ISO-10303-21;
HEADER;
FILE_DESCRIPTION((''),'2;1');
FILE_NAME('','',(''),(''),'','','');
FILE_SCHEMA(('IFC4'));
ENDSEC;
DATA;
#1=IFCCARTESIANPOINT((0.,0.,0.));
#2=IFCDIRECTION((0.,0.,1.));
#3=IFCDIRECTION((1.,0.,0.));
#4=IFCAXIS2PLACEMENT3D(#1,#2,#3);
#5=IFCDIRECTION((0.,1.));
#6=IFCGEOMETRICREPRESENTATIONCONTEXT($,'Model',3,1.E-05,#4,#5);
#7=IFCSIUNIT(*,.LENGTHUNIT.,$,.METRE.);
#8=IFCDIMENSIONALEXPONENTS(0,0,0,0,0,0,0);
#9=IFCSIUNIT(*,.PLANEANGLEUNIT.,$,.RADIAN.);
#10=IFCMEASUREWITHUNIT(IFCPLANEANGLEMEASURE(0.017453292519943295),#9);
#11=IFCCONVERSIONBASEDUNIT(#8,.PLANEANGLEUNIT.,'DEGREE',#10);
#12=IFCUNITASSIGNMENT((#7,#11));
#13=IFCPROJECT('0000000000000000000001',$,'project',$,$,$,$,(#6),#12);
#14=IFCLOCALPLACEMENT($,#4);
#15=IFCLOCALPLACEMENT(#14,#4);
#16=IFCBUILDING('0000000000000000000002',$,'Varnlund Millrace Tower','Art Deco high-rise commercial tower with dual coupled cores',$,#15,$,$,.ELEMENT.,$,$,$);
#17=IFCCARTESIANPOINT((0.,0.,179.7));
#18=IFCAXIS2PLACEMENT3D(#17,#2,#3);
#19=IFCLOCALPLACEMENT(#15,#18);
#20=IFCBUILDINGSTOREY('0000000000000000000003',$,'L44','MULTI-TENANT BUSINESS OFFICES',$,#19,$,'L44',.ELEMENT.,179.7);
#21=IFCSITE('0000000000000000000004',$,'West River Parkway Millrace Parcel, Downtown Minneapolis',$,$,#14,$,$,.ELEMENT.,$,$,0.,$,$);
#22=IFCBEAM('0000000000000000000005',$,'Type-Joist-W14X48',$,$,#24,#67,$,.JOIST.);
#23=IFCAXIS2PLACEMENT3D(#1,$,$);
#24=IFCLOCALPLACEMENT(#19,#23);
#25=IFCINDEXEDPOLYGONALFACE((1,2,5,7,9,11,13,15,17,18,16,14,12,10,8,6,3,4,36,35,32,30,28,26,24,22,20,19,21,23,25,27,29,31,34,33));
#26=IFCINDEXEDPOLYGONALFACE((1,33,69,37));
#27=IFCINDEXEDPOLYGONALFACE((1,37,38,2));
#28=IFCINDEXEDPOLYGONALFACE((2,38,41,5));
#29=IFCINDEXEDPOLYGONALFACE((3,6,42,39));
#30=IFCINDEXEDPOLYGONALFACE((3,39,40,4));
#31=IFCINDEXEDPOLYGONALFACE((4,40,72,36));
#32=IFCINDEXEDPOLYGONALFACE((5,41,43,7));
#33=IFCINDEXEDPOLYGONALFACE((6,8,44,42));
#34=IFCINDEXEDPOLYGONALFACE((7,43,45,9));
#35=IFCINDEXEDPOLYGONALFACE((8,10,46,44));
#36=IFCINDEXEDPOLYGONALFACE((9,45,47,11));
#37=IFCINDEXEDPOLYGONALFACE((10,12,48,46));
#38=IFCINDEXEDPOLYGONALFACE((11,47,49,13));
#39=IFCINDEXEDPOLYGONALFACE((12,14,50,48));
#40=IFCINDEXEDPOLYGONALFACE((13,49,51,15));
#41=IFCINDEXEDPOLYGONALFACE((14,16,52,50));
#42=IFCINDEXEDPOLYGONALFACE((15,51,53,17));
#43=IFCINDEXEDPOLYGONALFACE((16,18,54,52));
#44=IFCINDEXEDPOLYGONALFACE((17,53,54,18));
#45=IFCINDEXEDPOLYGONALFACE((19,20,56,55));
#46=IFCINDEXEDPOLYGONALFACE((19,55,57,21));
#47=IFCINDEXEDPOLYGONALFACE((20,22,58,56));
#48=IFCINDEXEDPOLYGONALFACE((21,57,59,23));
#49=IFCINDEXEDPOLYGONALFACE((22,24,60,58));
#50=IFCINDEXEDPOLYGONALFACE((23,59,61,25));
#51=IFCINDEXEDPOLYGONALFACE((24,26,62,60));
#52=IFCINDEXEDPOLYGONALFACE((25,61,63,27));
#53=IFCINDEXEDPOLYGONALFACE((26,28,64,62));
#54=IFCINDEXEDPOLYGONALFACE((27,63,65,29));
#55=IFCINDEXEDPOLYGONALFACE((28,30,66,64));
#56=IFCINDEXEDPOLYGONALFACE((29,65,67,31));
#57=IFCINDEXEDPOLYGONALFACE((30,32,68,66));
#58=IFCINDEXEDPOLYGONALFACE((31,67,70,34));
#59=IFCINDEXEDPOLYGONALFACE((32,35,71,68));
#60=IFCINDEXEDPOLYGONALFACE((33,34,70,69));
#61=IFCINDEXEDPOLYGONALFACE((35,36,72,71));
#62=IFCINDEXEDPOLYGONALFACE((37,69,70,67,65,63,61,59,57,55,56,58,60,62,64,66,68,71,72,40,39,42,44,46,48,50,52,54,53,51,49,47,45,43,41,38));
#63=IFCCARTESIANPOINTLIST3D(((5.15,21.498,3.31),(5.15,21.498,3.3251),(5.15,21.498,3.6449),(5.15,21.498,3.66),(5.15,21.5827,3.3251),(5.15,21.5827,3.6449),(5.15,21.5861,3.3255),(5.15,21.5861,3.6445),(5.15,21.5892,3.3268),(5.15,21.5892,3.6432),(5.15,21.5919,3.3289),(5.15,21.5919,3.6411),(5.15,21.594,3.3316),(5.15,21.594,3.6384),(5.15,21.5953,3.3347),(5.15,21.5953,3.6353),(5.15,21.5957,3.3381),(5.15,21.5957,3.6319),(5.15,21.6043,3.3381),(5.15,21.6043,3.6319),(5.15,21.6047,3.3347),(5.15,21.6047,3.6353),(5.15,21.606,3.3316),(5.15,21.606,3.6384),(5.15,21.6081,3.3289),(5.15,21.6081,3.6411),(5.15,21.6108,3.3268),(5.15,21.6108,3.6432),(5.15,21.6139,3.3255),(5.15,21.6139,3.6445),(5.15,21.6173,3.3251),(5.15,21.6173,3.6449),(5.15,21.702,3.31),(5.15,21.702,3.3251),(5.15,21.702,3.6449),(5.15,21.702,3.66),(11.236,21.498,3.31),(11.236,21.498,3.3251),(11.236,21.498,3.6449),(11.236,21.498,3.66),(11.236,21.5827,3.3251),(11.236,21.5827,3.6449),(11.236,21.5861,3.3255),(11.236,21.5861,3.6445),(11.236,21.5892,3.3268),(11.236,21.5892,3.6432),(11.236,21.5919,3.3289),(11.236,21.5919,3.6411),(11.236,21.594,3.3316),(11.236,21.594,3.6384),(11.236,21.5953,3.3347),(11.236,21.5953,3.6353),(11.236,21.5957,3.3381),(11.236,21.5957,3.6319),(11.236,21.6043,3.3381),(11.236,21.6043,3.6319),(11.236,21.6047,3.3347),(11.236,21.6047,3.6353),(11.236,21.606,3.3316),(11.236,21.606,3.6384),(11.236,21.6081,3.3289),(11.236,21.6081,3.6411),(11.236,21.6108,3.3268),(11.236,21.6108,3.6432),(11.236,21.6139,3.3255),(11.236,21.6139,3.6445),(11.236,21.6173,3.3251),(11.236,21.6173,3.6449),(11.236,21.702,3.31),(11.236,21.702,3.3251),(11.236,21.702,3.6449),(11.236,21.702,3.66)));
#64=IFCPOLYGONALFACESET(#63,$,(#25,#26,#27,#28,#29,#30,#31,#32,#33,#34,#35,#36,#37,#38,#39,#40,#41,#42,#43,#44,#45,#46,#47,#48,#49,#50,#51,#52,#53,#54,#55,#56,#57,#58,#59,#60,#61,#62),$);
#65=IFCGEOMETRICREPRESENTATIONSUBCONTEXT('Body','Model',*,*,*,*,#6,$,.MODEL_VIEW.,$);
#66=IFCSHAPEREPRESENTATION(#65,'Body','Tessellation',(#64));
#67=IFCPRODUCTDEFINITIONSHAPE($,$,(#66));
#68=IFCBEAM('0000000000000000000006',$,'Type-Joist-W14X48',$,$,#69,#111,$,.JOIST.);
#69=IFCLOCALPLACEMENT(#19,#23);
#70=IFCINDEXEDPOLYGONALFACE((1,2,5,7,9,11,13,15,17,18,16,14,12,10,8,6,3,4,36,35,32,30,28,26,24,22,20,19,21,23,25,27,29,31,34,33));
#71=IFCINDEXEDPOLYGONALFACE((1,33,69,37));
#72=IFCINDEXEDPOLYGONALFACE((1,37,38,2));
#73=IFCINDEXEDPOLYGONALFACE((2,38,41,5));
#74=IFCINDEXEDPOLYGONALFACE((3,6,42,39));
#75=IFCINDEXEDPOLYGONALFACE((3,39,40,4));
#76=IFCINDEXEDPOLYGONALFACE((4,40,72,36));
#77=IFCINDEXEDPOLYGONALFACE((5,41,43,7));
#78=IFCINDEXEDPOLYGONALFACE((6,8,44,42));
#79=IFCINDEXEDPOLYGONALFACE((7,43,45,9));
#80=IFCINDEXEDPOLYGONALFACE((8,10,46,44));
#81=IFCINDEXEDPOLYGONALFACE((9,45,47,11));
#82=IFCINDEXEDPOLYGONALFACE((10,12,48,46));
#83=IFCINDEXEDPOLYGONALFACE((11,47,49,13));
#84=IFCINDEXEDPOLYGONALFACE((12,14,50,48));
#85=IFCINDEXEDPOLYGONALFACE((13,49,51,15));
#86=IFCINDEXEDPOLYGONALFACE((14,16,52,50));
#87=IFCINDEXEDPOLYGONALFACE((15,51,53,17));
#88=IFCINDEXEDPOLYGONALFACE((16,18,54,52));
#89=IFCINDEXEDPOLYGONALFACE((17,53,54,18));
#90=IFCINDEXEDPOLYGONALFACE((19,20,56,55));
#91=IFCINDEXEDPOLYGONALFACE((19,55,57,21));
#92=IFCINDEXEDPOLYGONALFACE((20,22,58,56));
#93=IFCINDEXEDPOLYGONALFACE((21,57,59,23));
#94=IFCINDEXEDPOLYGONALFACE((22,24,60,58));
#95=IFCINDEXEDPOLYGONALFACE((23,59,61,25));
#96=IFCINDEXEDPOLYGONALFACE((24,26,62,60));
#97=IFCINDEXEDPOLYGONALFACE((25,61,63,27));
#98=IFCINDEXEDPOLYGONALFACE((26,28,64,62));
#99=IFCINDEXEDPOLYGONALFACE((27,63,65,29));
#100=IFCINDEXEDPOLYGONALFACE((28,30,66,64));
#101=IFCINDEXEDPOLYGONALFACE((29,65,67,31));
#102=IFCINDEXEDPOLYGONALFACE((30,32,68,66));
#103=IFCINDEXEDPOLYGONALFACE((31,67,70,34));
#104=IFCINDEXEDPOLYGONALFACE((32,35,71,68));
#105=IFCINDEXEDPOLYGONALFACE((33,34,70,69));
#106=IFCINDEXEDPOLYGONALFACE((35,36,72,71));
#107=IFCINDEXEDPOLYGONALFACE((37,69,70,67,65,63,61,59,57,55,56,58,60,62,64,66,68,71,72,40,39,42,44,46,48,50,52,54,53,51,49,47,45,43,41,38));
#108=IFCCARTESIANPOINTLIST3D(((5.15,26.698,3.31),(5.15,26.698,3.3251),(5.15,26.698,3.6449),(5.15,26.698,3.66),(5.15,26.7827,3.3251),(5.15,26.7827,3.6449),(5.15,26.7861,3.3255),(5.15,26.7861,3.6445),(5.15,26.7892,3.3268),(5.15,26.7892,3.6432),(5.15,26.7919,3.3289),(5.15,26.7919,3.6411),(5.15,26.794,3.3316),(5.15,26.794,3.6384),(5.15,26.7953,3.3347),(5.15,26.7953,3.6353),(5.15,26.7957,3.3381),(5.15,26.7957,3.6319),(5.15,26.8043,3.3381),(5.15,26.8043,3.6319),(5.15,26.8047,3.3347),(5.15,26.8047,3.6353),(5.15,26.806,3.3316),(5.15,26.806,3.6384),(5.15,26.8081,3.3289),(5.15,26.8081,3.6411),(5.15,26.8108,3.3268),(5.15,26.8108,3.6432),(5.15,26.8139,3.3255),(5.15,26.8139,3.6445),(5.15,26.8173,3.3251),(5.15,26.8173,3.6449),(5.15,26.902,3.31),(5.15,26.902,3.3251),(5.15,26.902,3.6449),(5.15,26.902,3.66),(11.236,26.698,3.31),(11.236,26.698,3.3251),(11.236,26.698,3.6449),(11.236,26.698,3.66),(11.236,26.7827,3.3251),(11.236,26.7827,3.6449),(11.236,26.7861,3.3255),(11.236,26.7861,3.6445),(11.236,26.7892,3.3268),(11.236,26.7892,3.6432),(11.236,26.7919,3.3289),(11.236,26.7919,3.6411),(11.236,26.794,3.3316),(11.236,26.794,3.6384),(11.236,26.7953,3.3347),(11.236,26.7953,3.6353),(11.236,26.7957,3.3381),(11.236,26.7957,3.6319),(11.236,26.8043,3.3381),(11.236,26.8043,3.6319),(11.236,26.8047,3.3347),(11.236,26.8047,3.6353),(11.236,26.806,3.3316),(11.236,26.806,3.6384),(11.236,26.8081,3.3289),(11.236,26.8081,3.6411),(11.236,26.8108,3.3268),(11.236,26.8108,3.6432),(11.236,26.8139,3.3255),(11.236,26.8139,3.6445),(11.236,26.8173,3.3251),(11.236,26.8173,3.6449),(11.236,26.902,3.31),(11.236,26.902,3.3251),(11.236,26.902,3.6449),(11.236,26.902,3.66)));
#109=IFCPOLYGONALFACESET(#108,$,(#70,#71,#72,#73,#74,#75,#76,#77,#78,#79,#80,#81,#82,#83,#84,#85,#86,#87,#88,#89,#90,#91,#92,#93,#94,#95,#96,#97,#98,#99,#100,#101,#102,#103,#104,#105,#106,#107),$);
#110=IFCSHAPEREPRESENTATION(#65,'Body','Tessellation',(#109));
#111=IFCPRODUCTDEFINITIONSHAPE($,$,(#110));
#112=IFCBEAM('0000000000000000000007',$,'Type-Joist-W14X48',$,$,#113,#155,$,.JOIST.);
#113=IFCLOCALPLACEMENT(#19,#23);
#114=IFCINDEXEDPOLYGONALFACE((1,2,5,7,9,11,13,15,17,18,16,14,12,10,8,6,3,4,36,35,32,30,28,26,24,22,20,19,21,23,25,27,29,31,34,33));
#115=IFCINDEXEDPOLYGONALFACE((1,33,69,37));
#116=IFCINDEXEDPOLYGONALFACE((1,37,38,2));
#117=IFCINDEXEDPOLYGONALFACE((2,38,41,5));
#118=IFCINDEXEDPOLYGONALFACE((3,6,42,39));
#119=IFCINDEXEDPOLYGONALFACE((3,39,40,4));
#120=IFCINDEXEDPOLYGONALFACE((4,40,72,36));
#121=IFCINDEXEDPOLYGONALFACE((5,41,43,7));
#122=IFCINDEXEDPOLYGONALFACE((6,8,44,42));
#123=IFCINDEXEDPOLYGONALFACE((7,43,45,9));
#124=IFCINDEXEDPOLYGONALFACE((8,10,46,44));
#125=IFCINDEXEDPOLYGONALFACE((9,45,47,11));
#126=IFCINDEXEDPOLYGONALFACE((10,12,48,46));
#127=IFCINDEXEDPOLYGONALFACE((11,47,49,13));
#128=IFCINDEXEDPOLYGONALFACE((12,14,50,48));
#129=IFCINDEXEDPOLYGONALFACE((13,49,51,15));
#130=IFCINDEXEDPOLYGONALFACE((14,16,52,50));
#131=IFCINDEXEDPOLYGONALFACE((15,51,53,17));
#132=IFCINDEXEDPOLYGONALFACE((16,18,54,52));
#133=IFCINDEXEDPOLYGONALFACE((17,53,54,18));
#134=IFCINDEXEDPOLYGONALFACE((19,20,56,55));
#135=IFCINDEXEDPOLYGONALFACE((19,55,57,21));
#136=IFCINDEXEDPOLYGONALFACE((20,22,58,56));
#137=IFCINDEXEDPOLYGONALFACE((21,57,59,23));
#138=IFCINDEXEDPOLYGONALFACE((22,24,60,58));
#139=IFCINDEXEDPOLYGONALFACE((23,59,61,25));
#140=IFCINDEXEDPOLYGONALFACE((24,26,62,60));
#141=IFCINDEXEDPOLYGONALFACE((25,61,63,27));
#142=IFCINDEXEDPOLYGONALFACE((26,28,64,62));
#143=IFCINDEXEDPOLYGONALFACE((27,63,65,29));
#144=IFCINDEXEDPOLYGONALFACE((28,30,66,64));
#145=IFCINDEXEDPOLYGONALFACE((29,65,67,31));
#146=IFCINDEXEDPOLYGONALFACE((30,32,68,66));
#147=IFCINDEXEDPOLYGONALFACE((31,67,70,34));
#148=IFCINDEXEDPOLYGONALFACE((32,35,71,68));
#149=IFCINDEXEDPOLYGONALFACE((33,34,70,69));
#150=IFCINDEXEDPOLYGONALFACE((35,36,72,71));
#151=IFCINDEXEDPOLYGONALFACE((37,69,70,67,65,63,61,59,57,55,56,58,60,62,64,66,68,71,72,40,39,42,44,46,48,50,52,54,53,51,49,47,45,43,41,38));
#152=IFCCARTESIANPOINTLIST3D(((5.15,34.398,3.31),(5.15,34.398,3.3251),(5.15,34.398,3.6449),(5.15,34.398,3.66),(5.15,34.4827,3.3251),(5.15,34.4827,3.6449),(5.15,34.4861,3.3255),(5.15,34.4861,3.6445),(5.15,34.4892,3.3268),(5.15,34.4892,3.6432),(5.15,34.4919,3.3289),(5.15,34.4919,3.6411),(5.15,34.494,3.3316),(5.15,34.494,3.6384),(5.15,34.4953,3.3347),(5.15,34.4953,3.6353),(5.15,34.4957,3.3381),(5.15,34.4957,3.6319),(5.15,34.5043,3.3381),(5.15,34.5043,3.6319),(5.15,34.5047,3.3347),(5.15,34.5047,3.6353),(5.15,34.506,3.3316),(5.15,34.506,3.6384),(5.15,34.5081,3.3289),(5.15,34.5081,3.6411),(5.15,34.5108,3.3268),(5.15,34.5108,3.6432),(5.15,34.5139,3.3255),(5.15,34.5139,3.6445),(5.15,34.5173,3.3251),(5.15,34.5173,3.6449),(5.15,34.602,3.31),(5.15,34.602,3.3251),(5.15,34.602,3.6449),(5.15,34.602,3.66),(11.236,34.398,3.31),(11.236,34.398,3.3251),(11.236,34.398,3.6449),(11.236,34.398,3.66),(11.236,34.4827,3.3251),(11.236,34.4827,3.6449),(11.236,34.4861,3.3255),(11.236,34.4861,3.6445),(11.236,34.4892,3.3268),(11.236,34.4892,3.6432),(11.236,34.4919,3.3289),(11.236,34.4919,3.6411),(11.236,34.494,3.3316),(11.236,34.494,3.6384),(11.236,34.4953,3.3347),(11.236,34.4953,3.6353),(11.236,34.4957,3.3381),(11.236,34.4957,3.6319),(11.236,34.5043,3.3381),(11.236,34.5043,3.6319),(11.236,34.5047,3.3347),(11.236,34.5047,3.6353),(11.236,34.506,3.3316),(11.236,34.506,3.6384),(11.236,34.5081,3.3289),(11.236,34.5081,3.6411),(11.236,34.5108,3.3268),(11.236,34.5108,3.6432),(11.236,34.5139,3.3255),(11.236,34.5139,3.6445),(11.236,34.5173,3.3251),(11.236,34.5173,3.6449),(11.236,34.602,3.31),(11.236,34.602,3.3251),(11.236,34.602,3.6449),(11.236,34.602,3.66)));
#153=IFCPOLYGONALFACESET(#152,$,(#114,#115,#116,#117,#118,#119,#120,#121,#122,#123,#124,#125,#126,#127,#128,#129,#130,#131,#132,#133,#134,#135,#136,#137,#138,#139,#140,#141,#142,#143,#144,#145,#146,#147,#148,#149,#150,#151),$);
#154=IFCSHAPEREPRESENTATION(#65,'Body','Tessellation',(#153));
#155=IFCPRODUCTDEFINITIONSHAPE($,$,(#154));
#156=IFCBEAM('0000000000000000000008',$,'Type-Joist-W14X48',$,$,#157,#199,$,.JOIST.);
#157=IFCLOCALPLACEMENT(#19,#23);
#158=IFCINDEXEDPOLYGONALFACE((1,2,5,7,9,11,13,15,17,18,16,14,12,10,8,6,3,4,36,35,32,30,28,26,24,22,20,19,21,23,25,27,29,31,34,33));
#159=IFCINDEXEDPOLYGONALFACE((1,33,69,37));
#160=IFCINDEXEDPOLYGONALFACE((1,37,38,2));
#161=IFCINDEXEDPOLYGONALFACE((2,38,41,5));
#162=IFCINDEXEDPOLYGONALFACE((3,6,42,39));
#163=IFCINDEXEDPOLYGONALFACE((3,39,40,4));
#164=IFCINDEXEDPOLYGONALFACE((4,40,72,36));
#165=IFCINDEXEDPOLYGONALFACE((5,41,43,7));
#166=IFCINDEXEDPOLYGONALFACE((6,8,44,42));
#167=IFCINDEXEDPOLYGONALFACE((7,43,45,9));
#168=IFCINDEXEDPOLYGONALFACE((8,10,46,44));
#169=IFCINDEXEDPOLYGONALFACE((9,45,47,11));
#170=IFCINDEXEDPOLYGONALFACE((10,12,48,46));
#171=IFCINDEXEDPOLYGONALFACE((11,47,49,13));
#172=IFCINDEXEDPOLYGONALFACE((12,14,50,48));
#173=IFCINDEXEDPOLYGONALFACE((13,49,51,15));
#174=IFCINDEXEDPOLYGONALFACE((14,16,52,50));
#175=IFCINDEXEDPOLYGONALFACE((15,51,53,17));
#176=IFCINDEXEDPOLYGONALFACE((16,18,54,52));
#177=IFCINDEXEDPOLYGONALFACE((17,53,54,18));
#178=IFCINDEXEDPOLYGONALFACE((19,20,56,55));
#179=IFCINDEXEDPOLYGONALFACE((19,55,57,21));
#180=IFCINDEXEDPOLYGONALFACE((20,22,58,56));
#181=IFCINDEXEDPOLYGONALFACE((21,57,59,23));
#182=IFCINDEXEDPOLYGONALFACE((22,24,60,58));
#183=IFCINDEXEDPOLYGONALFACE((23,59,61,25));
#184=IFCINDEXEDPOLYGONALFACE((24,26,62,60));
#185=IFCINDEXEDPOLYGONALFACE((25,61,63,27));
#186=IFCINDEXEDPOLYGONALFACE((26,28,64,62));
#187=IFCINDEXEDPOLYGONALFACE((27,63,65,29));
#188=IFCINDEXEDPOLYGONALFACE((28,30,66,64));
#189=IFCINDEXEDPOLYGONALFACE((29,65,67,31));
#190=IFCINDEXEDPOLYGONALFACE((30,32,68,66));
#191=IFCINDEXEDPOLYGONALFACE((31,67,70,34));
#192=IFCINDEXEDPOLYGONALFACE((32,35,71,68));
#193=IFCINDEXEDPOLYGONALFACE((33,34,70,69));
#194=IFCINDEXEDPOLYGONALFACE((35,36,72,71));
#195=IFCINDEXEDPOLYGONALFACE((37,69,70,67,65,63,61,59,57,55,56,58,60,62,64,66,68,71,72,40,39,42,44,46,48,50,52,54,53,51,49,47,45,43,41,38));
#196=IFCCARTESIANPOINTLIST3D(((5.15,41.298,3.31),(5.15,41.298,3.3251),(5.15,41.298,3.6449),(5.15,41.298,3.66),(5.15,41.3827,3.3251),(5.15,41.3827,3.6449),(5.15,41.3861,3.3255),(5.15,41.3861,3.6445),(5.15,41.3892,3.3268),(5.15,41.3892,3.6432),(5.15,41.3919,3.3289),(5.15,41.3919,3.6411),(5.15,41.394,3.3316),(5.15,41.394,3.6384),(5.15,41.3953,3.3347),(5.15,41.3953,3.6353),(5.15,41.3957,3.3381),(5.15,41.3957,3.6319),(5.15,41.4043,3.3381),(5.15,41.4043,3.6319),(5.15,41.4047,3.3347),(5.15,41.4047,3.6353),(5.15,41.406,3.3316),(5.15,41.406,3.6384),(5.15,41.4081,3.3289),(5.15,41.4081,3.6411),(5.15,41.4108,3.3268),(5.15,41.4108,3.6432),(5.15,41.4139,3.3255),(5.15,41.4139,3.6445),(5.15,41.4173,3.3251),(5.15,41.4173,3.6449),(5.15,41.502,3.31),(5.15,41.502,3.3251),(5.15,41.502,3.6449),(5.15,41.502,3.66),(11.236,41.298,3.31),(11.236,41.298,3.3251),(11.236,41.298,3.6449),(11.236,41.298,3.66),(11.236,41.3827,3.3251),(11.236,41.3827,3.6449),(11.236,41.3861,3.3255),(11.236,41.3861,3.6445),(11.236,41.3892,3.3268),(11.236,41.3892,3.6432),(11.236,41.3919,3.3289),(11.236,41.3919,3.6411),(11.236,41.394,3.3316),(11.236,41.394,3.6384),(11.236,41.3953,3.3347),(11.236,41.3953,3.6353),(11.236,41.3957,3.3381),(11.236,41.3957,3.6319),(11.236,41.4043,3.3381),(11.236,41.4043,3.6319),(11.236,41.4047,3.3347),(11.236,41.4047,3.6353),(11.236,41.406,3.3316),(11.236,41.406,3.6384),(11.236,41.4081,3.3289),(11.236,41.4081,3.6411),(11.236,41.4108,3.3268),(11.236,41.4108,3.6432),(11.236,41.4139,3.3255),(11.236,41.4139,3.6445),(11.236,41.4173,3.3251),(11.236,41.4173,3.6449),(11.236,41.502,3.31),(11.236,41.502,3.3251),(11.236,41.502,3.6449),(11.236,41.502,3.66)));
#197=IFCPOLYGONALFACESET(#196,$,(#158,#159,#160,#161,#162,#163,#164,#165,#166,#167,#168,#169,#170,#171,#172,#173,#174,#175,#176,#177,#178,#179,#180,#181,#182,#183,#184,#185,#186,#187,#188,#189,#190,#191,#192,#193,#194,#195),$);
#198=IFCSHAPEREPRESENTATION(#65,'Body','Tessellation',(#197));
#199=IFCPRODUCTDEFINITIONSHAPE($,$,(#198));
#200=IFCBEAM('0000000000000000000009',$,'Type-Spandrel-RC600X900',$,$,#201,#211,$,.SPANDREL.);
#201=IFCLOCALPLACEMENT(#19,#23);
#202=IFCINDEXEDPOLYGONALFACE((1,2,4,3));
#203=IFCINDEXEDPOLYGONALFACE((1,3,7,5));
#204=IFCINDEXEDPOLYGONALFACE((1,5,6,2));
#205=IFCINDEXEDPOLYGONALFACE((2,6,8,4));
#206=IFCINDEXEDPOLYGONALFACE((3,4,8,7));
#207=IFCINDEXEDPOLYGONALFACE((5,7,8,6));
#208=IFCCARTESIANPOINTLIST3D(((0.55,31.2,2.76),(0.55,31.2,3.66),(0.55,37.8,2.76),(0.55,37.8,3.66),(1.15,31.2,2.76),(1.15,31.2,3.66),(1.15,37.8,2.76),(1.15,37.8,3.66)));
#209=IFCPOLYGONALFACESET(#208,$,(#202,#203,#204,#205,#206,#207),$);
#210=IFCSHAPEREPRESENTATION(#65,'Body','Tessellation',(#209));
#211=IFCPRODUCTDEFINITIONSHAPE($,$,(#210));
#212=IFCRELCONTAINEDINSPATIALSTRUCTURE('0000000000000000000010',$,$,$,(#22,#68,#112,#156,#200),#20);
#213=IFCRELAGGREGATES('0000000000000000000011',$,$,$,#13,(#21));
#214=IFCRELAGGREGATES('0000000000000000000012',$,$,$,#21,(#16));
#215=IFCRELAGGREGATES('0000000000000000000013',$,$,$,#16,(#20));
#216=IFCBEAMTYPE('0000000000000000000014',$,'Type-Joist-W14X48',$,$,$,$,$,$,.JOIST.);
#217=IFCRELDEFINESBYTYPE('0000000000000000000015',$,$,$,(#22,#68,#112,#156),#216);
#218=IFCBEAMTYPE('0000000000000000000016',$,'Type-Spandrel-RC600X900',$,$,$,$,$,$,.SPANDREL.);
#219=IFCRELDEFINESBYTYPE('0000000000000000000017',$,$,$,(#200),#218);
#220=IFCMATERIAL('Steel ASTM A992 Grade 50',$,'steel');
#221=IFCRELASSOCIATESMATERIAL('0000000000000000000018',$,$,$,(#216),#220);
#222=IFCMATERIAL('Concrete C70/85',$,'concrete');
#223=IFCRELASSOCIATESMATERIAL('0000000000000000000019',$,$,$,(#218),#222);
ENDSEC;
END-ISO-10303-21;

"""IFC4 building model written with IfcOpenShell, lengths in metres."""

from ifc_helpers import new_model, entity, si_unit, converted_unit, direction, frame, origin_with_axes, origin_2d_with_axis, place, context, subcontext, project, spatial, rectangle, i_section, extrude, material, material_profile, profile_set, type_object, element, save


model = new_model("IFC4")

# Units and contexts
model_context = context("Model", 3, precision=1e-05, world=origin_with_axes(), true_north=direction((0.0, 1.0)))
body_context = subcontext(model_context, "Body", "Model", "MODEL_VIEW")
ifc_project = project(units=[si_unit("LENGTHUNIT", "METRE"), converted_unit("PLANEANGLEUNIT", "DEGREE", entity("IfcPlaneAngleMeasure", 0.017453292519943295), si_unit("PLANEANGLEUNIT", "RADIAN"), dimensions=[0, 0, 0, 0, 0, 0, 0])], contexts=[model_context])

# Site, building, storey
site_placement = place(None, origin_with_axes())
site = spatial("IfcSite", under=ifc_project, at=site_placement, Name="West River Parkway Millrace Parcel, Downtown Minneapolis", CompositionType="ELEMENT", RefElevation=0.0)
building_placement = place(site_placement, origin_with_axes())
building = spatial("IfcBuilding", under=site, at=building_placement, Name="Varnlund Millrace Tower", Description="Art Deco high-rise commercial tower with dual coupled cores", CompositionType="ELEMENT")
storey_placement = place(building_placement, frame((0.0, 0.0, 179.7), z_axis=(0.0, 0.0, 1.0), x_axis=(1.0, 0.0, 0.0)))
storey = spatial("IfcBuildingStorey", under=building, at=storey_placement, Name="L44", Description="MULTI-TENANT BUSINESS OFFICES", LongName="L44", CompositionType="ELEMENT", Elevation=179.7)

# Beams
ifc_material_1 = material(Name="Steel ASTM A992 Grade 50", Category="steel")
ifc_material_profile_1 = material_profile(ifc_material_1, i_section(OverallWidth=0.204, OverallDepth=0.35, WebThickness=0.0086, FlangeThickness=0.0151, FilletRadius=0.013, at=origin_2d_with_axis()), Name="Steel ASTM A992 Grade 50")
ifc_profile_set_1 = profile_set([ifc_material_profile_1], Name="Steel ASTM A992 Grade 50")
beam_type_1 = type_object("IfcBeamType", Name="Type-Joist-W14X48", PredefinedType="JOIST", material=ifc_profile_set_1)
for number, where, z_axis, x_axis, name in (
    (1, (5.15, 21.6, 3.485), (1.0, 0.0, 0.0), (0.0, 1.0, 0.0), "Type-Joist-W14X48"),
    (2, (5.15, 26.8, 3.485), (1.0, 0.0, 0.0), (0.0, 1.0, 0.0), "Type-Joist-W14X48"),
    (3, (5.15, 34.5, 3.485), (1.0, 0.0, 0.0), (0.0, 1.0, 0.0), "Type-Joist-W14X48"),
    (4, (5.15, 41.4, 3.485), (1.0, 0.0, 0.0), (0.0, 1.0, 0.0), "Type-Joist-W14X48"),
):
    element("IfcBeam", number, at=place(storey_placement, frame(where, z_axis=z_axis, x_axis=x_axis)), inside=storey, type_object=beam_type_1, Name=name, PredefinedType="JOIST", context=body_context, shape_type="SweptSolid", body=[
        extrude(i_section(OverallWidth=0.204, OverallDepth=0.35, WebThickness=0.0086, FlangeThickness=0.0151, FilletRadius=0.013, at=origin_2d_with_axis()), origin_with_axes(), (0.0, 0.0, 1.0), 6.086),
    ])
ifc_material_2 = material(Name="Concrete C70/85", Category="concrete")
ifc_material_profile_2 = material_profile(ifc_material_2, rectangle(XDim=0.6, YDim=0.9, at=origin_2d_with_axis()), Name="Concrete C70/85")
ifc_profile_set_2 = profile_set([ifc_material_profile_2], Name="Concrete C70/85")
beam_type_2 = type_object("IfcBeamType", Name="Type-Spandrel-RC600X900", PredefinedType="SPANDREL", material=ifc_profile_set_2)
beam_1_placement = place(storey_placement, frame((0.85, 31.2, 3.21), z_axis=(0.0, 1.0, 0.0), x_axis=(-1.0, 0.0, 0.0)))
element("IfcBeam", 5, at=beam_1_placement, inside=storey, type_object=beam_type_2, Name="Type-Spandrel-RC600X900", PredefinedType="SPANDREL", context=body_context, shape_type="SweptSolid", body=[
    extrude(rectangle(XDim=0.6, YDim=0.9, at=origin_2d_with_axis()), origin_with_axes(), (0.0, 0.0, 1.0), 6.6),
])

save(model, "model.ifc")
